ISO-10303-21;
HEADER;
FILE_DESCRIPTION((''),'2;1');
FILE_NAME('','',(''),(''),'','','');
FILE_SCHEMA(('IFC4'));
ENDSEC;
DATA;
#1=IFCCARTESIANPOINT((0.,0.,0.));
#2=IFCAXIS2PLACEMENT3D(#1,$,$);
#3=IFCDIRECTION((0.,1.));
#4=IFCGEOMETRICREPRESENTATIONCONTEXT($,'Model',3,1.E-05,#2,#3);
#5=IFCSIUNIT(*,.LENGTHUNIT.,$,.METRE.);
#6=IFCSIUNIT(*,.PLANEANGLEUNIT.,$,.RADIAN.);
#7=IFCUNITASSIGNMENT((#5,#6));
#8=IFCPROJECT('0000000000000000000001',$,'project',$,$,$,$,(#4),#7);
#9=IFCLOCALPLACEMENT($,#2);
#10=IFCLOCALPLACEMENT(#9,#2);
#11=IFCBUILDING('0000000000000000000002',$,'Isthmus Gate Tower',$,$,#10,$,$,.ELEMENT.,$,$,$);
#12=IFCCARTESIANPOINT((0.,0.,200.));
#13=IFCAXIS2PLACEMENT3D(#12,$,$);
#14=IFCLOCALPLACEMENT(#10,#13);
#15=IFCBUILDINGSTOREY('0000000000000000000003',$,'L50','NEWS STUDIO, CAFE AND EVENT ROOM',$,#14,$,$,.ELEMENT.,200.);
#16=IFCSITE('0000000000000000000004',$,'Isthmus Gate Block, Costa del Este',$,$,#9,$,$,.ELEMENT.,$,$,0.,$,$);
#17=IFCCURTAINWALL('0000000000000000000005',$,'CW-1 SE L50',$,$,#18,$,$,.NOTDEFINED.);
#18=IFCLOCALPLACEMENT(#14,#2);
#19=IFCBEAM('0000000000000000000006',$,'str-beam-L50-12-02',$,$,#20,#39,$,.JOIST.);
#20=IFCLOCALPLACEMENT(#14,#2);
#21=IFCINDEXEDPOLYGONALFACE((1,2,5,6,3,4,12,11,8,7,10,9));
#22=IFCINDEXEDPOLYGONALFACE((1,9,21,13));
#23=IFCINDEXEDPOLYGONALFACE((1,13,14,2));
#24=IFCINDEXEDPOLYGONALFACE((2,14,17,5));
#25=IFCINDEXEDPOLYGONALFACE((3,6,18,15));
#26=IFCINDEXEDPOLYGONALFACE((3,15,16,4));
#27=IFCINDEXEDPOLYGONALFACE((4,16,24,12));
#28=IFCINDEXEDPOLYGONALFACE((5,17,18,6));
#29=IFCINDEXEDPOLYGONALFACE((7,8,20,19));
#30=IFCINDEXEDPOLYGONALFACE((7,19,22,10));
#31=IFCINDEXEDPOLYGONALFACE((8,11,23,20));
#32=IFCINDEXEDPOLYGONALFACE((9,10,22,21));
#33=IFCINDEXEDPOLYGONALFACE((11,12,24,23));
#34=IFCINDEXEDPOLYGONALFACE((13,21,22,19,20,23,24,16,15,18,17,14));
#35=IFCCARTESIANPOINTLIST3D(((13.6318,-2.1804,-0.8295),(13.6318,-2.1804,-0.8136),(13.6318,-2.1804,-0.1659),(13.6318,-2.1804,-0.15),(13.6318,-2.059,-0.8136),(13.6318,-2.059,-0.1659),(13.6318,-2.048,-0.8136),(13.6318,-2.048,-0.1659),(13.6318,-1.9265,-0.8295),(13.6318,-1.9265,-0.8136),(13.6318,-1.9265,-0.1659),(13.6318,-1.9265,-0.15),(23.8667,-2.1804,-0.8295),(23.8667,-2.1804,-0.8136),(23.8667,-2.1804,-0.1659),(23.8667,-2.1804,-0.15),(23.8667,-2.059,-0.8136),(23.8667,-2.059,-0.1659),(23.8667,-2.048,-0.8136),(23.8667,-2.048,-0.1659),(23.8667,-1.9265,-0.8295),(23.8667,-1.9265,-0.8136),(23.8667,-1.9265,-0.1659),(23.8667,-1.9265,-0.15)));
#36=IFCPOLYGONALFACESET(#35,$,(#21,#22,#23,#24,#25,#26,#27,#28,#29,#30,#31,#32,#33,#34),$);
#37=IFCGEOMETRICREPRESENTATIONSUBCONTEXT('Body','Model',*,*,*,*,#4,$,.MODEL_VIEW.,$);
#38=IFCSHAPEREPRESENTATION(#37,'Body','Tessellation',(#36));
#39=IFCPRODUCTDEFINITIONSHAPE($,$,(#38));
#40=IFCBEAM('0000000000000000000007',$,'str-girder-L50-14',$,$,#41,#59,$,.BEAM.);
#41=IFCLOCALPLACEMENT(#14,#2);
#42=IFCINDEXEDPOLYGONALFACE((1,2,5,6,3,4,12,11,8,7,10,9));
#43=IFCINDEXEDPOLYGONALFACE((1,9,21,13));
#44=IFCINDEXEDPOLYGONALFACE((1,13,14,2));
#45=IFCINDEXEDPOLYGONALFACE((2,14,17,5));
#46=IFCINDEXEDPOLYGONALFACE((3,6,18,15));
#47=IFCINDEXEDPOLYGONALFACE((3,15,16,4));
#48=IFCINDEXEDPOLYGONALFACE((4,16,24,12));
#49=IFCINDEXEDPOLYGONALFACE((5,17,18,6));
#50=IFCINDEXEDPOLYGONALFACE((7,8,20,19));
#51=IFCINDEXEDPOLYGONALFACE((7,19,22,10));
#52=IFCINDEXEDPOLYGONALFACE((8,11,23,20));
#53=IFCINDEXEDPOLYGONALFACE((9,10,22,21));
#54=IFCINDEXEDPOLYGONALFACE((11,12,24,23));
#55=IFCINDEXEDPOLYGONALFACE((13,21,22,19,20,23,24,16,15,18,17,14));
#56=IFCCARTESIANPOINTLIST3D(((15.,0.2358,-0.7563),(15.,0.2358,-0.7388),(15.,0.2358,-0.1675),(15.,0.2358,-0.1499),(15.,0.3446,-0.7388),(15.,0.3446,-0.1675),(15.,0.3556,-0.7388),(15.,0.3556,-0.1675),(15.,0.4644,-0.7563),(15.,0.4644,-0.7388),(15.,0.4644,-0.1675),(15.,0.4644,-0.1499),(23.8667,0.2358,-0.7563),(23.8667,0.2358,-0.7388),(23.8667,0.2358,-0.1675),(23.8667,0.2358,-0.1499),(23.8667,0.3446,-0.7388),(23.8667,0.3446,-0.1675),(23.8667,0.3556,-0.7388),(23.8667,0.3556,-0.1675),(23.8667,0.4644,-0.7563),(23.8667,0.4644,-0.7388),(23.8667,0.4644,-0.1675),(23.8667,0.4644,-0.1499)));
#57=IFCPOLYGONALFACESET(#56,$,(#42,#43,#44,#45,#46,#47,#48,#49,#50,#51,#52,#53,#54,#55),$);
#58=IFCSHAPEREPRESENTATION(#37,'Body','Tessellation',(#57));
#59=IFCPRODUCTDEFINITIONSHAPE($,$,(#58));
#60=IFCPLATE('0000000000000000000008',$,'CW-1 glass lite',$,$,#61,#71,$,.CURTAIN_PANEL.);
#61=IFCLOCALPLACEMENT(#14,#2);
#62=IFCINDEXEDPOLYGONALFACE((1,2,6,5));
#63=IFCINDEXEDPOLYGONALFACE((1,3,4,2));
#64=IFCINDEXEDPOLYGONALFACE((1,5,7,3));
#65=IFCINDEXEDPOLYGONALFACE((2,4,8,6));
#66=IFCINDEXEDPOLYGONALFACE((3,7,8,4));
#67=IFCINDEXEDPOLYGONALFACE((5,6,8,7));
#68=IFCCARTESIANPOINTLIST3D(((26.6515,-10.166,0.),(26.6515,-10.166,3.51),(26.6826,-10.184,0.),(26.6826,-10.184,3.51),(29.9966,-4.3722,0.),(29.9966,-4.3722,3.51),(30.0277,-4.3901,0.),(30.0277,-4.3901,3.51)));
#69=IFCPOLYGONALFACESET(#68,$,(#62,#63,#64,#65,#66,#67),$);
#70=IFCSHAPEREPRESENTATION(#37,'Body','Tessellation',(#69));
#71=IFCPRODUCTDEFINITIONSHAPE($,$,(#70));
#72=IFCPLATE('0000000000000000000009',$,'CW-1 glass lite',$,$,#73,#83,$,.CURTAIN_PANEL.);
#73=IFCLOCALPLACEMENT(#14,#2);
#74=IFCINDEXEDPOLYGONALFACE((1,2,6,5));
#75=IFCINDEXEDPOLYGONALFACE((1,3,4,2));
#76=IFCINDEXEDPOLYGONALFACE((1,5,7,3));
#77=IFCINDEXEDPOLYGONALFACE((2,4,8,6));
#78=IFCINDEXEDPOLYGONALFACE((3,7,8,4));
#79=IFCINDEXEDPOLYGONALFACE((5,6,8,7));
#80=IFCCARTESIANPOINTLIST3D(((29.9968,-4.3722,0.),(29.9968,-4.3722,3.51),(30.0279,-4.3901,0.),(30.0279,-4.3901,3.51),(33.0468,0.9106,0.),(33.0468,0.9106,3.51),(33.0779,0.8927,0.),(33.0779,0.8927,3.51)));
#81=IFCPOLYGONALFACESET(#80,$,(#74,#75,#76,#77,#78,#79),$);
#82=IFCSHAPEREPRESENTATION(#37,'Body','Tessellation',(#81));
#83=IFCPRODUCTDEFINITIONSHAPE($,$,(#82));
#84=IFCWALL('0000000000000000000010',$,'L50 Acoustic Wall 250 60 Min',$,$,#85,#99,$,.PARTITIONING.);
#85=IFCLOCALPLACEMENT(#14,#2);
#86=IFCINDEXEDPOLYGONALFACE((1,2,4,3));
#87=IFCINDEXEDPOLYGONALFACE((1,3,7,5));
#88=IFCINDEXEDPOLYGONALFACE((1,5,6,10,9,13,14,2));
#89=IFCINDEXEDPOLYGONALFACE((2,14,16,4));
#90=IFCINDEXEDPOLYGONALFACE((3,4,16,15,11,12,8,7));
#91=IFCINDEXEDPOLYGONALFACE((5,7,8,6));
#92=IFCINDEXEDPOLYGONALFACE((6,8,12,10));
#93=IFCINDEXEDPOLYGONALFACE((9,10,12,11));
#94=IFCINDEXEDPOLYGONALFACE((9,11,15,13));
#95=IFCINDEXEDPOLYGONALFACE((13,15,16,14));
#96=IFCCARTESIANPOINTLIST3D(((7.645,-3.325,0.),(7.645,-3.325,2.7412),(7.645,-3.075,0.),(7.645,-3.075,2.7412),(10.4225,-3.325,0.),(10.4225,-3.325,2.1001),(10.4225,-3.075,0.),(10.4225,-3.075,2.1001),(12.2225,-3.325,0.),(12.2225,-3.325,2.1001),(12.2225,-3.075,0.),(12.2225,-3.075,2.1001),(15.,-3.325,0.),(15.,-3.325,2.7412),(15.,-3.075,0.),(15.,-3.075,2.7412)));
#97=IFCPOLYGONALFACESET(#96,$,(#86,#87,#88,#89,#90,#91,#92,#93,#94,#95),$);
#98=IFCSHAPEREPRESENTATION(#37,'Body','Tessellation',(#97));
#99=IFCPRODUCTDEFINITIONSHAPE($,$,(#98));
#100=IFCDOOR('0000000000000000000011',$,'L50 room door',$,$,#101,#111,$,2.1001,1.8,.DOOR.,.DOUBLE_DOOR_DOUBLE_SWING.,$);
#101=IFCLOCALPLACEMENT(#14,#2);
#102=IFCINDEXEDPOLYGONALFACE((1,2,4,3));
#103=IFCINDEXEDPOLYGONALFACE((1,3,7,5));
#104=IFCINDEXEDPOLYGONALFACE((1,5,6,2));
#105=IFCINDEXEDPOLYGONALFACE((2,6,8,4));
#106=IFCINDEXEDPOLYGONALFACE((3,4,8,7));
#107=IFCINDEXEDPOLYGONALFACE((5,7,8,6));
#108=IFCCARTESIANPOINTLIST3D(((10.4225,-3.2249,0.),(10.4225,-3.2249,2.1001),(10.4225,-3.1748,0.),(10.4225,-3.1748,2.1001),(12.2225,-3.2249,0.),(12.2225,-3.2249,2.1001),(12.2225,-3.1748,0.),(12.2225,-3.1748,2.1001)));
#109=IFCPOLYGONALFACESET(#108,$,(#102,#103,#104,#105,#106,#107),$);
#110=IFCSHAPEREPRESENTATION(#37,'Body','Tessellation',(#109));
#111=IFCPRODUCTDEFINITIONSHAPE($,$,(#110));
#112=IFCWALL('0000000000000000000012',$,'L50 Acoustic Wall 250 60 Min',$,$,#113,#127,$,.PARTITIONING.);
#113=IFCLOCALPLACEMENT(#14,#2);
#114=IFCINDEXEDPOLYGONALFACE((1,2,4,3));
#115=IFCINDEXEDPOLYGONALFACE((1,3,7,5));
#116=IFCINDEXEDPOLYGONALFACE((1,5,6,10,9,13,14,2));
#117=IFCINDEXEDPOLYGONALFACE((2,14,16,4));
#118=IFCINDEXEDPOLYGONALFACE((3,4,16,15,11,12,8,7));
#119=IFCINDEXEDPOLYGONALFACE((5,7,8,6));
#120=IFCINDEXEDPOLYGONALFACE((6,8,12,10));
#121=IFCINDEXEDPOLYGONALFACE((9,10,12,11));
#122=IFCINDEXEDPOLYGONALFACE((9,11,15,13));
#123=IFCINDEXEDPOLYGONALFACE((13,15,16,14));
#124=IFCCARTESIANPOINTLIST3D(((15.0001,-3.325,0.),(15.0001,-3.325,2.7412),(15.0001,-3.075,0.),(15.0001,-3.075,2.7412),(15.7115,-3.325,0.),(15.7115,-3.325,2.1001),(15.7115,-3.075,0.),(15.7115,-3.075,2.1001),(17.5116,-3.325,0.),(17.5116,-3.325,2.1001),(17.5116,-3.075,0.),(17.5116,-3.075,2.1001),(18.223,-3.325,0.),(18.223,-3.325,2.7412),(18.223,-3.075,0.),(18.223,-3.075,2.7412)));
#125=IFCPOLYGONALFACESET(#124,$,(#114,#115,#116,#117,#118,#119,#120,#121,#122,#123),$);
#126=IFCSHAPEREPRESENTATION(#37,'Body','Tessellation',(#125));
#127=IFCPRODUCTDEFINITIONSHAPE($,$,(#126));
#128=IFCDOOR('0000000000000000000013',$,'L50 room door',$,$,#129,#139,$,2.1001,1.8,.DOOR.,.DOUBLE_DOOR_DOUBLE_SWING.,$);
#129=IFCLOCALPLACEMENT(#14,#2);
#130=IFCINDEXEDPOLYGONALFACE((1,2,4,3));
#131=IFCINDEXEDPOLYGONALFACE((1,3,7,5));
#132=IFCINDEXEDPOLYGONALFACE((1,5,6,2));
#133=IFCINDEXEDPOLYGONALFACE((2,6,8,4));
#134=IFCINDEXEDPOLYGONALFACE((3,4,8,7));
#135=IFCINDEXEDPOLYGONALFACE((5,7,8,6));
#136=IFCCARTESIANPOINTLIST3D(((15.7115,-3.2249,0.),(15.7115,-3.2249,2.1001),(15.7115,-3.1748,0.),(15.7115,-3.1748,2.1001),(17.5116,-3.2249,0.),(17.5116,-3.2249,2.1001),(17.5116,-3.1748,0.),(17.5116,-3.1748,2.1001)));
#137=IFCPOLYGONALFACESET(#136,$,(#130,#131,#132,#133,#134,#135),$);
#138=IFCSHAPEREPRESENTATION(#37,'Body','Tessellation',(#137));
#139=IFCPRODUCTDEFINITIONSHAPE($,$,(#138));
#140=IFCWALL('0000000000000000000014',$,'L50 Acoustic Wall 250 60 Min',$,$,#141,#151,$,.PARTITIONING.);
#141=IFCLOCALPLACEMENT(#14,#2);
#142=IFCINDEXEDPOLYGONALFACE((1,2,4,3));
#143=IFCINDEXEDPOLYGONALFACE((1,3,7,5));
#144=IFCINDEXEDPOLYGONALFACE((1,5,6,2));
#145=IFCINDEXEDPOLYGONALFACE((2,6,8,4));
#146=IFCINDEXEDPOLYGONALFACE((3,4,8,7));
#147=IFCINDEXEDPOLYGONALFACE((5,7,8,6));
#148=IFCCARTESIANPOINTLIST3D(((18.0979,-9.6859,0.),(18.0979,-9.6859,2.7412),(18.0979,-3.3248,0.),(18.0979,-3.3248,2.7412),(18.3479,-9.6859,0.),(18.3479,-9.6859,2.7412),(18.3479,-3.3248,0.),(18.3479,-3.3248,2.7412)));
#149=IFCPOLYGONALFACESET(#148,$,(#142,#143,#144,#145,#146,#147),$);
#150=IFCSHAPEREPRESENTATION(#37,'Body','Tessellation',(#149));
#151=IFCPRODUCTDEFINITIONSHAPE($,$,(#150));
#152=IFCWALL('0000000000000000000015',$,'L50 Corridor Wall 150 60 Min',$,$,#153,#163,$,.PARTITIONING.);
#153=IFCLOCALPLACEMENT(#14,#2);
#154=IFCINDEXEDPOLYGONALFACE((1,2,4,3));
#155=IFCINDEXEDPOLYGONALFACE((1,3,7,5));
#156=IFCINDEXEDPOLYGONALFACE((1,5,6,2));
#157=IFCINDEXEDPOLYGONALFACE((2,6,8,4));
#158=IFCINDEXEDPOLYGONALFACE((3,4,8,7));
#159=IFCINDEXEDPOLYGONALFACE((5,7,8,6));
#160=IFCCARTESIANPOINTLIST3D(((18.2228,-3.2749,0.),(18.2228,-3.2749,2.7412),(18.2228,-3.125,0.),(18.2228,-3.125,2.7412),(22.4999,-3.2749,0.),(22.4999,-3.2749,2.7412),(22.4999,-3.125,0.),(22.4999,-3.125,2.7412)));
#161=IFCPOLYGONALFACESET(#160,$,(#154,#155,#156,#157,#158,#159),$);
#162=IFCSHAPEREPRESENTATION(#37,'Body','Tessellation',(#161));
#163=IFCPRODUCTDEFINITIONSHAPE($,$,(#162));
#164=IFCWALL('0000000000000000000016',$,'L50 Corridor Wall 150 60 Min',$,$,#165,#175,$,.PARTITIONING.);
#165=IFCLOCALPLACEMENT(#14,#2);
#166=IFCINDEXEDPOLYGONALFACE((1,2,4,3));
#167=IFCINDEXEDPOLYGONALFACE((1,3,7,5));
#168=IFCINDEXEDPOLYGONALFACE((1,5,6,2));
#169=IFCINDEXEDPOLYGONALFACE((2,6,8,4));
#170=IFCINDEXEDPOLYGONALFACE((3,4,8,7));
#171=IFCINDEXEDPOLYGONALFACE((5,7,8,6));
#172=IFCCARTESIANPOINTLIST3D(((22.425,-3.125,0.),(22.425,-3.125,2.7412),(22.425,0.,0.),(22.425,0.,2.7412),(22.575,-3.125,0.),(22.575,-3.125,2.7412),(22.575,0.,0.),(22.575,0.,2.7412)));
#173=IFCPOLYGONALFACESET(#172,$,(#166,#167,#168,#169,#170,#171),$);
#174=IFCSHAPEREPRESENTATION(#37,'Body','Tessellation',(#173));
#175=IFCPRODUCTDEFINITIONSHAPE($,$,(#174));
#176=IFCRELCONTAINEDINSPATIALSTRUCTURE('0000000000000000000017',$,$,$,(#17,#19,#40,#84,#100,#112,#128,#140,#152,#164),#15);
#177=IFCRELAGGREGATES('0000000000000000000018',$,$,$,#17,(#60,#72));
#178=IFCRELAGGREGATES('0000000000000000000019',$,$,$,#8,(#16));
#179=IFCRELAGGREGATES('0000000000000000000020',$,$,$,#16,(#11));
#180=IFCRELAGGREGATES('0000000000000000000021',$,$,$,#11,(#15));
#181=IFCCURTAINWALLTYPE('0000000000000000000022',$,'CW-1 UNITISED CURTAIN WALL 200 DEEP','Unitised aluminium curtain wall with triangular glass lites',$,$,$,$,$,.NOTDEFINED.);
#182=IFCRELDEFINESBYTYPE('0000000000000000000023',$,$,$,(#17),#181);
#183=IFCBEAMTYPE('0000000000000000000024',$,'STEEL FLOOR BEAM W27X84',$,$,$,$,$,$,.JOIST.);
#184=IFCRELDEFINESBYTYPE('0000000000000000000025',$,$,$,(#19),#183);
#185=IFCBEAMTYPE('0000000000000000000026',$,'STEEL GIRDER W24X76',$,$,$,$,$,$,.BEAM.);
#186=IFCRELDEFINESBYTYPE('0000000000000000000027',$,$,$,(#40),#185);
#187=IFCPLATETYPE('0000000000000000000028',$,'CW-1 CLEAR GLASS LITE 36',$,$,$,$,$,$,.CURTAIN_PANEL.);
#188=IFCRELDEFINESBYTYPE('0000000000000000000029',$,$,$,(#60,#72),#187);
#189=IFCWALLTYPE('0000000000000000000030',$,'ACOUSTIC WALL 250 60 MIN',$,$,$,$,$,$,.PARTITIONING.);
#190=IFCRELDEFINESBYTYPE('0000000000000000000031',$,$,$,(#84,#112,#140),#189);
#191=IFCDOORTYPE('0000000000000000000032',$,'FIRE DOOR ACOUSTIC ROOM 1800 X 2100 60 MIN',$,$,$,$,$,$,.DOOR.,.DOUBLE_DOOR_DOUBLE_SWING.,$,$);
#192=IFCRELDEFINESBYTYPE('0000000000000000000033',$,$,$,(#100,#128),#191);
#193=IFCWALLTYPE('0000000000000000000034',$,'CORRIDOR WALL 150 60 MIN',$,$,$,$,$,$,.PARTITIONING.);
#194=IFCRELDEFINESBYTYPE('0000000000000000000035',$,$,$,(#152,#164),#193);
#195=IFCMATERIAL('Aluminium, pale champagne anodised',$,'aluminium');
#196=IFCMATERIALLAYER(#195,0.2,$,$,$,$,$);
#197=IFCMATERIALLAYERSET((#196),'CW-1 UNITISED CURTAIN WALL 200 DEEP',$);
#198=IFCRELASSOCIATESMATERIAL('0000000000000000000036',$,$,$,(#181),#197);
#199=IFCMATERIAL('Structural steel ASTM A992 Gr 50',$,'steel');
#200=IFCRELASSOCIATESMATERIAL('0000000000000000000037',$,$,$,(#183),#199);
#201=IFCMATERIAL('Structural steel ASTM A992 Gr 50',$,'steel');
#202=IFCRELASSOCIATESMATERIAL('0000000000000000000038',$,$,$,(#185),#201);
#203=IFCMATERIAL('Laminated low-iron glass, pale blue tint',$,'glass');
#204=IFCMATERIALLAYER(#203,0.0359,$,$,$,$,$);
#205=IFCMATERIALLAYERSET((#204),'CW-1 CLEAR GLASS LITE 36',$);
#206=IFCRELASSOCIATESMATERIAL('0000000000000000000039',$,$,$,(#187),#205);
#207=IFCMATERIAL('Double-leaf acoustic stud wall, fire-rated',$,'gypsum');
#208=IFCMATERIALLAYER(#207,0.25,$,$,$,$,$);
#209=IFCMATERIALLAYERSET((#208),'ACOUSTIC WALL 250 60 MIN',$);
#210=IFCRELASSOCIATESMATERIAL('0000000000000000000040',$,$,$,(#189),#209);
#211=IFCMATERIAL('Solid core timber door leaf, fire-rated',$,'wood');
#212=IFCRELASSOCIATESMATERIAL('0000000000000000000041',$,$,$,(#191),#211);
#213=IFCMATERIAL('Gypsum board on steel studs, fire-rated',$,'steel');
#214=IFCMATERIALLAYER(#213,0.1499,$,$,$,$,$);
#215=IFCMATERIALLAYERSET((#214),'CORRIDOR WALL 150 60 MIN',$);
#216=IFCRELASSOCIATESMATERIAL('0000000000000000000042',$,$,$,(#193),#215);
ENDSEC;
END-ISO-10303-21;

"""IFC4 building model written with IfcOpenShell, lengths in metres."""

from ifc_helpers import new_model, si_unit, direction, frame, frame_2d, origin, origin_2d, place, context, subcontext, project, spatial, rectangle, i_section, extrude, material, layer, layer_set, material_profile, profile_set, type_object, element, fill, aggregate, save


model = new_model("IFC4")

# Units and contexts
model_context = context("Model", 3, precision=1e-05, world=origin(), true_north=direction((0.0, 1.0)))
body_context = subcontext(model_context, "Body", "Model", "MODEL_VIEW")
ifc_project = project(units=[si_unit("LENGTHUNIT", "METRE"), si_unit("PLANEANGLEUNIT", "RADIAN")], contexts=[model_context])

# Site, building, storey
site_placement = place(None, origin())
site = spatial("IfcSite", under=ifc_project, at=site_placement, Name="Isthmus Gate Block, Costa del Este", CompositionType="ELEMENT", RefElevation=0.0)
building_placement = place(site_placement, origin())
building = spatial("IfcBuilding", under=site, at=building_placement, Name="Isthmus Gate Tower", CompositionType="ELEMENT")
storey_placement = place(building_placement, frame((0.0, 0.0, 200.0)))
storey = spatial("IfcBuildingStorey", under=building, at=storey_placement, Name="L50", Description="NEWS STUDIO, CAFE AND EVENT ROOM", CompositionType="ELEMENT", Elevation=200.0)

# Curtain wall
ifc_material_1 = material(Name="Aluminium, pale champagne anodised", Category="aluminium")
ifc_layer_1 = layer(ifc_material_1, 0.2)
ifc_layer_set_1 = layer_set([ifc_layer_1], Name="CW-1 UNITISED CURTAIN WALL 200 DEEP")
curtain_wall_type = type_object("IfcCurtainWallType", Name="CW-1 UNITISED CURTAIN WALL 200 DEEP", Description="Unitised aluminium curtain wall with triangular glass lites", PredefinedType="NOTDEFINED", material=ifc_layer_set_1)
curtain_wall_placement = place(storey_placement, origin())
curtain_wall = element("IfcCurtainWall", 1, at=curtain_wall_placement, inside=storey, type_object=curtain_wall_type, Name="CW-1 SE L50", PredefinedType="NOTDEFINED")

# Beams
ifc_material_2 = material(Name="Structural steel ASTM A992 Gr 50", Category="steel")
ifc_material_profile_1 = material_profile(ifc_material_2, i_section(OverallWidth=0.2539, OverallDepth=0.6794, WebThickness=0.011, FlangeThickness=0.0159, at=origin_2d()), Name="W27X84")
ifc_profile_set_1 = profile_set([ifc_material_profile_1], Name="Structural steel ASTM A992 Gr 50")
beam_type_1 = type_object("IfcBeamType", Name="STEEL FLOOR BEAM W27X84", PredefinedType="JOIST", material=ifc_profile_set_1)
for number, where, z_axis, x_axis, name in (
    (2, (13.6318, -2.0535, -0.4897), (1.0, 0.0, 0.0), (0.0, 1.0, 0.0), "str-beam-L50-12-02"),
):
    element("IfcBeam", number, at=place(storey_placement, frame(where, z_axis=z_axis, x_axis=x_axis)), inside=storey, type_object=beam_type_1, Name=name, PredefinedType="JOIST", context=body_context, shape_type="SweptSolid", body=[
        extrude(i_section(OverallWidth=0.2539, OverallDepth=0.6794, WebThickness=0.011, FlangeThickness=0.0159, at=origin_2d()), origin(), (0.0, 0.0, 1.0), 10.2349),
    ])
ifc_material_3 = material(Name="Structural steel ASTM A992 Gr 50", Category="steel")
ifc_material_profile_2 = material_profile(ifc_material_3, i_section(OverallWidth=0.2285, OverallDepth=0.6064, WebThickness=0.011, FlangeThickness=0.0176, at=origin_2d()), Name="W24X76")
ifc_profile_set_2 = profile_set([ifc_material_profile_2], Name="Structural steel ASTM A992 Gr 50")
beam_type_2 = type_object("IfcBeamType", Name="STEEL GIRDER W24X76", PredefinedType="BEAM", material=ifc_profile_set_2)
beam_1_placement = place(storey_placement, frame((15.0, 0.3501, -0.4531), z_axis=(1.0, 0.0, 0.0), x_axis=(0.0, 1.0, 0.0)))
element("IfcBeam", 3, at=beam_1_placement, inside=storey, type_object=beam_type_2, Name="str-girder-L50-14", PredefinedType="BEAM", context=body_context, shape_type="SweptSolid", body=[
    extrude(i_section(OverallWidth=0.2285, OverallDepth=0.6064, WebThickness=0.011, FlangeThickness=0.0176, at=origin_2d()), origin(), (0.0, 0.0, 1.0), 8.8667),
])

# Plates
ifc_material_4 = material(Name="Laminated low-iron glass, pale blue tint", Category="glass")
ifc_layer_2 = layer(ifc_material_4, 0.0359)
ifc_layer_set_2 = layer_set([ifc_layer_2], Name="CW-1 CLEAR GLASS LITE 36")
plate_type = type_object("IfcPlateType", Name="CW-1 CLEAR GLASS LITE 36", PredefinedType="CURTAIN_PANEL", material=ifc_layer_set_2)
plate_1_placement = place(storey_placement, frame((28.3396, -7.2781, 0.0), z_axis=(0.0, 0.0, 1.0), x_axis=(0.5, 0.866025, 0.0)))
plate_1 = element("IfcPlate", 4, at=plate_1_placement, type_object=plate_type, Name="CW-1 glass lite", PredefinedType="CURTAIN_PANEL", context=body_context, shape_type="SweptSolid", body=[
    extrude(rectangle(XDim=6.6902, YDim=0.0359, at=origin_2d()), origin(), (0.0, 0.0, 1.0), 3.51),
])
plate_2_placement = place(storey_placement, frame((31.5374, -1.7397, 0.0), z_axis=(0.0, 0.0, 1.0), x_axis=(0.5, 0.866025, 0.0)))
plate_2 = element("IfcPlate", 5, at=plate_2_placement, type_object=plate_type, Name="CW-1 glass lite", PredefinedType="CURTAIN_PANEL", context=body_context, shape_type="SweptSolid", body=[
    extrude(rectangle(XDim=6.1001, YDim=0.0359, at=origin_2d()), origin(), (0.0, 0.0, 1.0), 3.51),
])
aggregate(curtain_wall, [plate_1, plate_2])

# Walls, openings, doors
ifc_material_5 = material(Name="Double-leaf acoustic stud wall, fire-rated", Category="gypsum")
ifc_layer_3 = layer(ifc_material_5, 0.25)
ifc_layer_set_3 = layer_set([ifc_layer_3], Name="ACOUSTIC WALL 250 60 MIN")
wall_type_1 = type_object("IfcWallType", Name="ACOUSTIC WALL 250 60 MIN", PredefinedType="PARTITIONING", material=ifc_layer_set_3)
wall_1_placement = place(storey_placement, frame((15.0, -3.2, 0.0), z_axis=(0.0, 0.0, 1.0), x_axis=(-1.0, 0.0, 0.0)))
wall_1 = element("IfcWall", 6, at=wall_1_placement, inside=storey, type_object=wall_type_1, Name="L50 Acoustic Wall 250 60 Min", PredefinedType="PARTITIONING", context=body_context, shape_type="SweptSolid", body=[
    extrude(rectangle(XDim=7.355, YDim=0.25, at=frame_2d((3.6775, 0.0))), origin(), (0.0, 0.0, 1.0), 2.7412),
])
opening_1_placement = place(wall_1_placement, frame((2.7776, 0.0, 0.0)))
opening_1 = element("IfcOpeningElement", 7, at=opening_1_placement, cuts=wall_1, PredefinedType="OPENING", context=body_context, shape_type="SweptSolid", body=[
    extrude(rectangle(XDim=1.8, YDim=2.1001, at=frame_2d((0.8999, 1.05))), frame((0.0, 0.135, 0.0), z_axis=(0.0, -1.0, 0.0), x_axis=(1.0, 0.0, 0.0)), (0.0, 0.0, 1.0), 0.27),
])
ifc_material_6 = material(Name="Solid core timber door leaf, fire-rated", Category="wood")
door_type = type_object("IfcDoorType", Name="FIRE DOOR ACOUSTIC ROOM 1800 X 2100 60 MIN", OperationType="DOUBLE_DOOR_DOUBLE_SWING", PredefinedType="DOOR", material=ifc_material_6)
door_1_placement = place(opening_1_placement, origin())
door_1 = element("IfcDoor", 8, at=door_1_placement, inside=storey, type_object=door_type, Name="L50 room door", OperationType="DOUBLE_DOOR_DOUBLE_SWING", OverallHeight=2.1001, OverallWidth=1.8, PredefinedType="DOOR", context=body_context, shape_type="SweptSolid", body=[
    extrude(rectangle(XDim=1.8, YDim=2.1001, at=frame_2d((0.8999, 1.05))), frame((0.0, 0.0249, 0.0), z_axis=(0.0, -1.0, 0.0), x_axis=(1.0, 0.0, 0.0)), (0.0, 0.0, 1.0), 0.05),
])
fill(opening_1, door_1)
wall_2_placement = place(storey_placement, frame((18.2229, -3.2, 0.0), z_axis=(0.0, 0.0, 1.0), x_axis=(-1.0, 0.0, 0.0)))
wall_2 = element("IfcWall", 9, at=wall_2_placement, inside=storey, type_object=wall_type_1, Name="L50 Acoustic Wall 250 60 Min", PredefinedType="PARTITIONING", context=body_context, shape_type="SweptSolid", body=[
    extrude(rectangle(XDim=3.2229, YDim=0.25, at=frame_2d((1.6113, 0.0))), origin(), (0.0, 0.0, 1.0), 2.7412),
])
opening_2_placement = place(wall_2_placement, frame((0.7114, 0.0, 0.0)))
opening_2 = element("IfcOpeningElement", 10, at=opening_2_placement, cuts=wall_2, PredefinedType="OPENING", context=body_context, shape_type="SweptSolid", body=[
    extrude(rectangle(XDim=1.8, YDim=2.1001, at=frame_2d((0.8999, 1.05))), frame((0.0, 0.135, 0.0), z_axis=(0.0, -1.0, 0.0), x_axis=(1.0, 0.0, 0.0)), (0.0, 0.0, 1.0), 0.27),
])
door_2_placement = place(opening_2_placement, origin())
door_2 = element("IfcDoor", 11, at=door_2_placement, inside=storey, type_object=door_type, Name="L50 room door", OperationType="DOUBLE_DOOR_DOUBLE_SWING", OverallHeight=2.1001, OverallWidth=1.8, PredefinedType="DOOR", context=body_context, shape_type="SweptSolid", body=[
    extrude(rectangle(XDim=1.8, YDim=2.1001, at=frame_2d((0.8999, 1.05))), frame((0.0, 0.0249, 0.0), z_axis=(0.0, -1.0, 0.0), x_axis=(1.0, 0.0, 0.0)), (0.0, 0.0, 1.0), 0.05),
])
fill(opening_2, door_2)

# Walls
wall_3_placement = place(storey_placement, frame((18.2229, -9.686, 0.0), z_axis=(0.0, 0.0, 1.0), x_axis=(0.0, 1.0, 0.0)))
element("IfcWall", 12, at=wall_3_placement, inside=storey, type_object=wall_type_1, Name="L50 Acoustic Wall 250 60 Min", PredefinedType="PARTITIONING", context=body_context, shape_type="SweptSolid", body=[
    extrude(rectangle(XDim=6.3611, YDim=0.25, at=frame_2d((3.1807, 0.0))), origin(), (0.0, 0.0, 1.0), 2.7412),
])
ifc_material_7 = material(Name="Gypsum board on steel studs, fire-rated", Category="steel")
ifc_layer_4 = layer(ifc_material_7, 0.1499)
ifc_layer_set_4 = layer_set([ifc_layer_4], Name="CORRIDOR WALL 150 60 MIN")
wall_type_2 = type_object("IfcWallType", Name="CORRIDOR WALL 150 60 MIN", PredefinedType="PARTITIONING", material=ifc_layer_set_4)
wall_4_placement = place(storey_placement, frame((22.5, -3.2, 0.0), z_axis=(0.0, 0.0, 1.0), x_axis=(-1.0, 0.0, 0.0)))
element("IfcWall", 13, at=wall_4_placement, inside=storey, type_object=wall_type_2, Name="L50 Corridor Wall 150 60 Min", PredefinedType="PARTITIONING", context=body_context, shape_type="SweptSolid", body=[
    extrude(rectangle(XDim=4.2771, YDim=0.1499, at=frame_2d((2.1387, 0.0))), origin(), (0.0, 0.0, 1.0), 2.7412),
])
wall_5_placement = place(storey_placement, frame((22.5, 0.0, 0.0), z_axis=(0.0, 0.0, 1.0), x_axis=(0.0, -1.0, 0.0)))
element("IfcWall", 14, at=wall_5_placement, inside=storey, type_object=wall_type_2, Name="L50 Corridor Wall 150 60 Min", PredefinedType="PARTITIONING", context=body_context, shape_type="SweptSolid", body=[
    extrude(rectangle(XDim=3.125, YDim=0.1499, at=frame_2d((1.5625, 0.0))), origin(), (0.0, 0.0, 1.0), 2.7412),
])

save(model, "model.ifc")
